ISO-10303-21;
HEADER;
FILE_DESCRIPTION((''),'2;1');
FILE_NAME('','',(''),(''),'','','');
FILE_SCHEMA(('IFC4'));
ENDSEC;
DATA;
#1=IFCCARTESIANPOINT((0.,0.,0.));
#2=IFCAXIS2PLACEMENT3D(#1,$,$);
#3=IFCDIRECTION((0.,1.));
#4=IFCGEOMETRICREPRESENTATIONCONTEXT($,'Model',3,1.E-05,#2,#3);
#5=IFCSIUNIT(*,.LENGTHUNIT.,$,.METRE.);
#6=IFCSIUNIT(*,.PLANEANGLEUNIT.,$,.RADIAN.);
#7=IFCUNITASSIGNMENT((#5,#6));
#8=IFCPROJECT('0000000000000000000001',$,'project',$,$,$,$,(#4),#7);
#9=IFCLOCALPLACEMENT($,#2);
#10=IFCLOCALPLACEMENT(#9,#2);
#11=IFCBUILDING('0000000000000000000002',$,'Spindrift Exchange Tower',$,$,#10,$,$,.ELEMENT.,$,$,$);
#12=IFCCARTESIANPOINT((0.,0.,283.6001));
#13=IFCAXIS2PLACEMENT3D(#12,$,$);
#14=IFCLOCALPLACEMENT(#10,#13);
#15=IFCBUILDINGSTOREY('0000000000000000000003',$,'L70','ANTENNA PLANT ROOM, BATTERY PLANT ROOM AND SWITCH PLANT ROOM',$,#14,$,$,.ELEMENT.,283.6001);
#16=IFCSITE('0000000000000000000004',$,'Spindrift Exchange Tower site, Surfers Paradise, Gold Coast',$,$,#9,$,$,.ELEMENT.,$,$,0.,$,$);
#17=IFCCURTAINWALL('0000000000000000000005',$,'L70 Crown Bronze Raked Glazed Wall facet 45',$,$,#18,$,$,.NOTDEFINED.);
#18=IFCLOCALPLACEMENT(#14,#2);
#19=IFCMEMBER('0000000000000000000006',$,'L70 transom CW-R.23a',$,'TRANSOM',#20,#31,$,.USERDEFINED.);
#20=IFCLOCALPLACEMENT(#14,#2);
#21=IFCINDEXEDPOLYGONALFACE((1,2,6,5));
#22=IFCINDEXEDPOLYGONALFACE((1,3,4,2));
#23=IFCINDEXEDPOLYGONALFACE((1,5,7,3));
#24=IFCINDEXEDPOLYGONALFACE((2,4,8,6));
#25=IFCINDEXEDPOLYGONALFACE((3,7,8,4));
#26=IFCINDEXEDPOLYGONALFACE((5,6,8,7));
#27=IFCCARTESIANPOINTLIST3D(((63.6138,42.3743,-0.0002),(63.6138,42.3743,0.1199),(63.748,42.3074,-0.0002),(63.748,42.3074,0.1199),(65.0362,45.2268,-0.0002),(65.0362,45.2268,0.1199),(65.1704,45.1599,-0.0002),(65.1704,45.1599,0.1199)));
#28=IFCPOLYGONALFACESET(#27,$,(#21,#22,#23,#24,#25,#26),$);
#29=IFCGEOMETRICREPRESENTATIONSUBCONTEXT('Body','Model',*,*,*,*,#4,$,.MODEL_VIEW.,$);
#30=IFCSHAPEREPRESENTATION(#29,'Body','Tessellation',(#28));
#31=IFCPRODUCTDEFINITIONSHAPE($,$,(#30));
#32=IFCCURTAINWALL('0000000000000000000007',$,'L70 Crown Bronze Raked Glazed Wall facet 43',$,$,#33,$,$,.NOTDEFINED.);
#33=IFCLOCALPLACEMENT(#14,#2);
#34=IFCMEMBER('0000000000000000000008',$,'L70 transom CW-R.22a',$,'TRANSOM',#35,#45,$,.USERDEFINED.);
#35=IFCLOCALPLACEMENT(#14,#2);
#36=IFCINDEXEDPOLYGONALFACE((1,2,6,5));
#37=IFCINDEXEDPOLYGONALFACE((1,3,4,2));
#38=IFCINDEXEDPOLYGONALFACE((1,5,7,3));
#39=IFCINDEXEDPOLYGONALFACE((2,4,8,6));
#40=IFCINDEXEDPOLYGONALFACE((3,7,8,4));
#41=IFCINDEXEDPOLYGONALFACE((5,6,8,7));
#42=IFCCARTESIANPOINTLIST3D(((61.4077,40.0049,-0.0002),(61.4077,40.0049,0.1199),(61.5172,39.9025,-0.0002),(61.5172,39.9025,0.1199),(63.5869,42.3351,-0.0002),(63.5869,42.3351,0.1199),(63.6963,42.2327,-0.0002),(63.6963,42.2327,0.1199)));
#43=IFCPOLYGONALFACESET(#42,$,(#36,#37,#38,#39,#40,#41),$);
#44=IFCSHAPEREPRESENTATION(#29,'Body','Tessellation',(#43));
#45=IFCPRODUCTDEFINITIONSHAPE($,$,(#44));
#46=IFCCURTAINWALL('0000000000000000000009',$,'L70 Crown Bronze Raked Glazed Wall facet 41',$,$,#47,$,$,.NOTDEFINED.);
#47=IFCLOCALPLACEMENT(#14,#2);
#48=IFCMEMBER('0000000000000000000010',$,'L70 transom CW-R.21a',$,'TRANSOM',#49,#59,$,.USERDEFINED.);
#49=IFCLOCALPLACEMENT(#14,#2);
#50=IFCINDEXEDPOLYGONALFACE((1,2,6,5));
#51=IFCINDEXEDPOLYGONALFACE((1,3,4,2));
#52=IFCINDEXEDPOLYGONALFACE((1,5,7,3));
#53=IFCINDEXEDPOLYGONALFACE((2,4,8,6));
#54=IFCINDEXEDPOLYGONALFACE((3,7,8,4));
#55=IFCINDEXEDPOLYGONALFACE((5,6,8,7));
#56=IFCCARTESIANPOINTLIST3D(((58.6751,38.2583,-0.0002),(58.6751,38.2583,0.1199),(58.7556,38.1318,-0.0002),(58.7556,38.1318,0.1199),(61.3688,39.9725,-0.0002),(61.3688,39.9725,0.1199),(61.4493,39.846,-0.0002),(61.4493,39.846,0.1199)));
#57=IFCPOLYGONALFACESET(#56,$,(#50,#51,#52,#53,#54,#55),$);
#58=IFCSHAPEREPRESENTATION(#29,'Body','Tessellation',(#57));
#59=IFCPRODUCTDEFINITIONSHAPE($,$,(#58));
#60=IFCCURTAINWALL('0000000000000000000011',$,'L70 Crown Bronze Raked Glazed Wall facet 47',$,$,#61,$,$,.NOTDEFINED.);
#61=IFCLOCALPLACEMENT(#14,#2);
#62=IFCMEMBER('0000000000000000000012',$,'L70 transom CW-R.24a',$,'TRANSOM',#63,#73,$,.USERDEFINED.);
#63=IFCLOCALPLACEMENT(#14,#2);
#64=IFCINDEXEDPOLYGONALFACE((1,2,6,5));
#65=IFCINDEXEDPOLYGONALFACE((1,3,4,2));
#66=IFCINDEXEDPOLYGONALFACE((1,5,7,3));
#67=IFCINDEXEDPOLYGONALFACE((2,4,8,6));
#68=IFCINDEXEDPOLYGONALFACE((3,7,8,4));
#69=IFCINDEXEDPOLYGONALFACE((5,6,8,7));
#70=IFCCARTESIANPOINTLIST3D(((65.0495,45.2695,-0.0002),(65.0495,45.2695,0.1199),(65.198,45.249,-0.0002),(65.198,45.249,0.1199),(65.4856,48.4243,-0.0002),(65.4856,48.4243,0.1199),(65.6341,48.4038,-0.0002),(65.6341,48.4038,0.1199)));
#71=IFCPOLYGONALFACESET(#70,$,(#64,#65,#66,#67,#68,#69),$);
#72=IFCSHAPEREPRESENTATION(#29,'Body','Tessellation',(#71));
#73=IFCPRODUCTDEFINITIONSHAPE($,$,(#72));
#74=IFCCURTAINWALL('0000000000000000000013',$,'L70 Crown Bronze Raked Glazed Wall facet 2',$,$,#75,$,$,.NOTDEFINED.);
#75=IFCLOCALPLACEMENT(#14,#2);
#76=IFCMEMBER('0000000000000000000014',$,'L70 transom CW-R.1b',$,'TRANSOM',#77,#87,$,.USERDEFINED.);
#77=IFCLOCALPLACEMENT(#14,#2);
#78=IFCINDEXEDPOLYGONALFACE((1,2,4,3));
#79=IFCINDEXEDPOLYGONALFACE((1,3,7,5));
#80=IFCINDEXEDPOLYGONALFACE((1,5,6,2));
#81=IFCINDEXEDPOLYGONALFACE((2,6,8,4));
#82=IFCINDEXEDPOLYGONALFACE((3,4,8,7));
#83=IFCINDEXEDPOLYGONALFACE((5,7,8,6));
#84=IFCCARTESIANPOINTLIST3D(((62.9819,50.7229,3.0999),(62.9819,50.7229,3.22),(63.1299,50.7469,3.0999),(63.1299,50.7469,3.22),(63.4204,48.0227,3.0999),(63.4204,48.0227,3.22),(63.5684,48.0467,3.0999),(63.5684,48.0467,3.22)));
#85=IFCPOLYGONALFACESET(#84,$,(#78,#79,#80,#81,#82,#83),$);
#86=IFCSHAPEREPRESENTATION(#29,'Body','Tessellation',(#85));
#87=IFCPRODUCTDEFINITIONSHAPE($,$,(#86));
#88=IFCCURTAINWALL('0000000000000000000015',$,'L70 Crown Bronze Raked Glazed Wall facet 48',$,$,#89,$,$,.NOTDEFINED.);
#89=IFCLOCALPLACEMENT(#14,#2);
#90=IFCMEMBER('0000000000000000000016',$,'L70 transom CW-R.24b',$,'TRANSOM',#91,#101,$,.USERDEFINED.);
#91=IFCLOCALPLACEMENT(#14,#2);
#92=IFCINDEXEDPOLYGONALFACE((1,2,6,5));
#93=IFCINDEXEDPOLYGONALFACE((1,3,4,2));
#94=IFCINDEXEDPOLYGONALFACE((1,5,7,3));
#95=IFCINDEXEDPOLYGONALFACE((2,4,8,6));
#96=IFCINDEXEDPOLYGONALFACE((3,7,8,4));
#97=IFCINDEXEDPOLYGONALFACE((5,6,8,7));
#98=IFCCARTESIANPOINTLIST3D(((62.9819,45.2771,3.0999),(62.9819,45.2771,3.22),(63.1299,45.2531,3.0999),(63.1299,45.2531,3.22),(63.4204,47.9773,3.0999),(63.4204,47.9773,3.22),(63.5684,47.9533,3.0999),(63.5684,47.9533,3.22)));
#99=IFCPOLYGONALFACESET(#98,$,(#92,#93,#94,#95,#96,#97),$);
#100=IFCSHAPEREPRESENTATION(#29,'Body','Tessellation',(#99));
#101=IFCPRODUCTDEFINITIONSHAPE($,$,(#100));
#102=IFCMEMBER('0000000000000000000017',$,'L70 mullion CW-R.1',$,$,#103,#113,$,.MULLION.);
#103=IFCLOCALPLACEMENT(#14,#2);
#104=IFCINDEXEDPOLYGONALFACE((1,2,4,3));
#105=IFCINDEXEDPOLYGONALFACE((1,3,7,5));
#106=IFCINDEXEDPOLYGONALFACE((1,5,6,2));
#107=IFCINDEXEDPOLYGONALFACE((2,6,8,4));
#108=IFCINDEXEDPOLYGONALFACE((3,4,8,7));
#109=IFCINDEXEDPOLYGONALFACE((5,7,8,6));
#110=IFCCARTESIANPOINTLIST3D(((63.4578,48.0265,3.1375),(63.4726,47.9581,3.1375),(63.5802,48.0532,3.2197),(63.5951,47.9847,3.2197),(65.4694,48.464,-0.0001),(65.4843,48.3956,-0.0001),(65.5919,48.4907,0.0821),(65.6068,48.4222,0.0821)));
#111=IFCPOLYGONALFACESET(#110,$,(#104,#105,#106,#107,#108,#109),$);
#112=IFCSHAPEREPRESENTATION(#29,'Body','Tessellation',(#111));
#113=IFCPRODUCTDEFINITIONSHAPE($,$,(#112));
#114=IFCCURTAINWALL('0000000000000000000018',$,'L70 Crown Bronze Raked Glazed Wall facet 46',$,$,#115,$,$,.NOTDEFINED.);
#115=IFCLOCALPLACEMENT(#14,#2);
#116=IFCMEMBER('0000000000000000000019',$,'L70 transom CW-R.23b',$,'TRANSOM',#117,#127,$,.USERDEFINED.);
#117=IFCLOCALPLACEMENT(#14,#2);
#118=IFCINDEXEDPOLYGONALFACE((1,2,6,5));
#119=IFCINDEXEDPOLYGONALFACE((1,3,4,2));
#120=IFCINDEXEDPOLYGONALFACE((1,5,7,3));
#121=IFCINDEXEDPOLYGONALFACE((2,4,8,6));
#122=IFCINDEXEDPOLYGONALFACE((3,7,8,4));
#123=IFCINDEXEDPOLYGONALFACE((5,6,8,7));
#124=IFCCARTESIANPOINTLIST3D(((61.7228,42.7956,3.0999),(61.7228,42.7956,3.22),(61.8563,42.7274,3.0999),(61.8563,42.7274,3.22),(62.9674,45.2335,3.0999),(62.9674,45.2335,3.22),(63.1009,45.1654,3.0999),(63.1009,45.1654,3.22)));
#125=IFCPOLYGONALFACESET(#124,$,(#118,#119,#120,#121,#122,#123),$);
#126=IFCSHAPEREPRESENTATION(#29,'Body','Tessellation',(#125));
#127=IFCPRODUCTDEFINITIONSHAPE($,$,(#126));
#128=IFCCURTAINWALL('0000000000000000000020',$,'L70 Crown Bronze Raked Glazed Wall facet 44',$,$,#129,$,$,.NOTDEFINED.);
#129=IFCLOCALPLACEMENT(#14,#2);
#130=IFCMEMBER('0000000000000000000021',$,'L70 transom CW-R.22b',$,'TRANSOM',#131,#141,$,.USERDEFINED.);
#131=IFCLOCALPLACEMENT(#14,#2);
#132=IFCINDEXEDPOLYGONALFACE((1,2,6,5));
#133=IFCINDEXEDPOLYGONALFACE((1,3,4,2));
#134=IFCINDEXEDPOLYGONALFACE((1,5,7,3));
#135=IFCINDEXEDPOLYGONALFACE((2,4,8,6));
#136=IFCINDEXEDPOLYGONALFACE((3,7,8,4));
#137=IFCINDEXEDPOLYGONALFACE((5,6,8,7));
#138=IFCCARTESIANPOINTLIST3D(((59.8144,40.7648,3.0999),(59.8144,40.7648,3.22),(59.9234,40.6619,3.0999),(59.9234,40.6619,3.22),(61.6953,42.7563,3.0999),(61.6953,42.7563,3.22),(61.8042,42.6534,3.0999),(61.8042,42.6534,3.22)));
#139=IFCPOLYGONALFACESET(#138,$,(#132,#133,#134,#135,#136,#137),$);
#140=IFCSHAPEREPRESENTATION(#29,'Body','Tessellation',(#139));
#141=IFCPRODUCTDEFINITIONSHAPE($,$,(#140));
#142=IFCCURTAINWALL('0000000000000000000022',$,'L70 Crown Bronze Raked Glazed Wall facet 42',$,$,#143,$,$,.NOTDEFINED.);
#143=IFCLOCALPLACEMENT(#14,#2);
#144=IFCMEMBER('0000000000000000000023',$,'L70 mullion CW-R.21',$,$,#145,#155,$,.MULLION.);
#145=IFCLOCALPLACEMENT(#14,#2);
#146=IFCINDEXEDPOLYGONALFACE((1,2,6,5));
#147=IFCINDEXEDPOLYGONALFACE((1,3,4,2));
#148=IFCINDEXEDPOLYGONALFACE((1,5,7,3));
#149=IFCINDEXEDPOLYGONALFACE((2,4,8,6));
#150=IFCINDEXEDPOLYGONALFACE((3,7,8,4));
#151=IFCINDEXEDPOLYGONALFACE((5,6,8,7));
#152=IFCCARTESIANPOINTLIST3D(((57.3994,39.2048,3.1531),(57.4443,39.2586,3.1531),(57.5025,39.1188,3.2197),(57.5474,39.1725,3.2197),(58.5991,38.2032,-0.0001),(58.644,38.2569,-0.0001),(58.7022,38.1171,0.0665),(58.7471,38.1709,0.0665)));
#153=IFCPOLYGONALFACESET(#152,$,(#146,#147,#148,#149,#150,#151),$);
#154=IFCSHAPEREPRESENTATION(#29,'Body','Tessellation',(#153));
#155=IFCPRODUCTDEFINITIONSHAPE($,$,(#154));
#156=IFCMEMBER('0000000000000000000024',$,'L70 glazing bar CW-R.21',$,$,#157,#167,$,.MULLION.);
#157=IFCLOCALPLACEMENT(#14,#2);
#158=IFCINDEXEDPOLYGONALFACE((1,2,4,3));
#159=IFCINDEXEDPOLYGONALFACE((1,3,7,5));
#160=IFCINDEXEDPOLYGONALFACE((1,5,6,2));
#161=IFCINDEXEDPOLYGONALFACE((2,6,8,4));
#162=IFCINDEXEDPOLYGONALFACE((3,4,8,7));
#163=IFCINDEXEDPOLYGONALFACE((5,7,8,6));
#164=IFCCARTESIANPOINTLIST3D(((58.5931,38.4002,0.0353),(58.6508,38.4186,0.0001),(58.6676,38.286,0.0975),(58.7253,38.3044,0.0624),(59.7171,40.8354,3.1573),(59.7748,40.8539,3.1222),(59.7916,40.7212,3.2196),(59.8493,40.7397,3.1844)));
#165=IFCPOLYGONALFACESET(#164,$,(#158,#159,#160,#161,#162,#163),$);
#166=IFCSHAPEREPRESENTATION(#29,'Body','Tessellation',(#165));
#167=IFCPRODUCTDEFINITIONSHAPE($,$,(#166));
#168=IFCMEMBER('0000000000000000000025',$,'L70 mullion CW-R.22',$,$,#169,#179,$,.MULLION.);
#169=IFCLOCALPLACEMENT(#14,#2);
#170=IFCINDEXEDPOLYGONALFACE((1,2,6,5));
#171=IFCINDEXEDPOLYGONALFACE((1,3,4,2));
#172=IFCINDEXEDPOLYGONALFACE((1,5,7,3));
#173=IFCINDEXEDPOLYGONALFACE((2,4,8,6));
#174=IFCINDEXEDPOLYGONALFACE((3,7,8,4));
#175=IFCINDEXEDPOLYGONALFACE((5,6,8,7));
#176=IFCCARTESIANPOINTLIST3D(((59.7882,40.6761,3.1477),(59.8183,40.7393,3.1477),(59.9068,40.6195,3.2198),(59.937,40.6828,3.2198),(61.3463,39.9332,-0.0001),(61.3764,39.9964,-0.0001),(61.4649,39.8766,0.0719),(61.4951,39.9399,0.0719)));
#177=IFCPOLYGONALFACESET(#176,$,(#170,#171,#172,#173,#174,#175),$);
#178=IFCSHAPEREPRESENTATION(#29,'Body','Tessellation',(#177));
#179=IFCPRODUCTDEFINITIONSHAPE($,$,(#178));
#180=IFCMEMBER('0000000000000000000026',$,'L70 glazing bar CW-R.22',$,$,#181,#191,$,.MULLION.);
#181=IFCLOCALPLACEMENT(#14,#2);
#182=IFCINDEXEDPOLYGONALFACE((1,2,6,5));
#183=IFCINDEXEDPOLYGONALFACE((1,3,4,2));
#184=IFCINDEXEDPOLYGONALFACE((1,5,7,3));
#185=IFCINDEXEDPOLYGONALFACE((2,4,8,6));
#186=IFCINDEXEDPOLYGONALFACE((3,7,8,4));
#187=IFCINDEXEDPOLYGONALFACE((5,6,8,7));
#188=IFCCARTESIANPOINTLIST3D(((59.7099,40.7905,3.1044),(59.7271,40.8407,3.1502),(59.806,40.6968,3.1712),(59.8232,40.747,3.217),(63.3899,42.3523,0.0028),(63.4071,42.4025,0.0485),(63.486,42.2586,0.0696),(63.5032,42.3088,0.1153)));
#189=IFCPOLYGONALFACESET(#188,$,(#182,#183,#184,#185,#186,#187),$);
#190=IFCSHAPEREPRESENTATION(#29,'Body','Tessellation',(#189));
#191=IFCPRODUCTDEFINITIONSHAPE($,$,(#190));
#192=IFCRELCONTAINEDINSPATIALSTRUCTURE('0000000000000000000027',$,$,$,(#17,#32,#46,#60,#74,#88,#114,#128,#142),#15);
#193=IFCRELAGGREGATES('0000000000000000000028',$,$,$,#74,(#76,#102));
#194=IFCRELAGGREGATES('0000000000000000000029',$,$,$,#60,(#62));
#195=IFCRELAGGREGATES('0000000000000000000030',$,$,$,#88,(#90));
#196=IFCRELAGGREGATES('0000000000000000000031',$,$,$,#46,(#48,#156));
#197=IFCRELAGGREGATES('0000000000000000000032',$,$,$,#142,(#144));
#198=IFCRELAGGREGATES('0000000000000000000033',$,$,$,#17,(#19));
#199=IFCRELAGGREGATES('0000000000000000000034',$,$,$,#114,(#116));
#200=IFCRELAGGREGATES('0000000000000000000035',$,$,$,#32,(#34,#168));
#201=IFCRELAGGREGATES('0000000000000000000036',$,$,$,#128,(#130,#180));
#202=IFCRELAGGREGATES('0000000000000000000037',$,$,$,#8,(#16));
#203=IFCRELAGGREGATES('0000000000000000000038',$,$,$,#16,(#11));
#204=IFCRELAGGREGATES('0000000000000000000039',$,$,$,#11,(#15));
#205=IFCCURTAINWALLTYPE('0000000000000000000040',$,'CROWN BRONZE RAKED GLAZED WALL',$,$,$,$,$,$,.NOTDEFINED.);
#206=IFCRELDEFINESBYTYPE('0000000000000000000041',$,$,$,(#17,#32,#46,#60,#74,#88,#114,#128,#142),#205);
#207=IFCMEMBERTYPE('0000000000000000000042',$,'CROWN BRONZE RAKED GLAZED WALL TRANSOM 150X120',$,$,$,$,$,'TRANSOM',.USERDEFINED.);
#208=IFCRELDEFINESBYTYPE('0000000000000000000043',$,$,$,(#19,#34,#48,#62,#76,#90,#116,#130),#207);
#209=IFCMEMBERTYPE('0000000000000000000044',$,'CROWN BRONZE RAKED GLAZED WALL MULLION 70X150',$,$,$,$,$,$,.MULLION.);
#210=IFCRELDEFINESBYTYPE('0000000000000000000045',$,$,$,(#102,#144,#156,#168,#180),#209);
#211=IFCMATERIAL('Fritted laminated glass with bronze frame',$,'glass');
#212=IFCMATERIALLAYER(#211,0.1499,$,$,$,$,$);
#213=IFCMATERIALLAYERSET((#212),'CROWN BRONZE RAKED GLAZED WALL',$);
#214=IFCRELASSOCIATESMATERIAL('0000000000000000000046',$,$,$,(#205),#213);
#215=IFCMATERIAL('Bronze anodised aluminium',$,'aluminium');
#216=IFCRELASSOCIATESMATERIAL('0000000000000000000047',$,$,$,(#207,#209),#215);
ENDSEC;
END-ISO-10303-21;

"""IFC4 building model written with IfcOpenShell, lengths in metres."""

from ifc_helpers import new_model, si_unit, direction, frame, origin, origin_2d, place, context, subcontext, project, spatial, rectangle, extrude, source, transform, mapped, material, layer, layer_set, material_profile, profile_set, type_object, element, aggregate, save


model = new_model("IFC4")

# Units and contexts
model_context = context("Model", 3, precision=1e-05, world=origin(), true_north=direction((0.0, 1.0)))
body_context = subcontext(model_context, "Body", "Model", "MODEL_VIEW")
ifc_project = project(units=[si_unit("LENGTHUNIT", "METRE"), si_unit("PLANEANGLEUNIT", "RADIAN")], contexts=[model_context])

# Site, building, storey
site_placement = place(None, origin())
site = spatial("IfcSite", under=ifc_project, at=site_placement, Name="Spindrift Exchange Tower site, Surfers Paradise, Gold Coast", CompositionType="ELEMENT", RefElevation=0.0)
building_placement = place(site_placement, origin())
building = spatial("IfcBuilding", under=site, at=building_placement, Name="Spindrift Exchange Tower", CompositionType="ELEMENT")
storey_placement = place(building_placement, frame((0.0, 0.0, 283.6001)))
storey = spatial("IfcBuildingStorey", under=building, at=storey_placement, Name="L70", Description="ANTENNA PLANT ROOM, BATTERY PLANT ROOM AND SWITCH PLANT ROOM", CompositionType="ELEMENT", Elevation=283.6001)

# Curtain walls, members
ifc_material_1 = material(Name="Fritted laminated glass with bronze frame", Category="glass")
ifc_layer_1 = layer(ifc_material_1, 0.1499)
ifc_layer_set_1 = layer_set([ifc_layer_1], Name="CROWN BRONZE RAKED GLAZED WALL")
curtain_wall_type = type_object("IfcCurtainWallType", Name="CROWN BRONZE RAKED GLAZED WALL", PredefinedType="NOTDEFINED", material=ifc_layer_set_1)
curtain_wall_1_placement = place(storey_placement, origin())
curtain_wall_1 = element("IfcCurtainWall", 1, at=curtain_wall_1_placement, inside=storey, type_object=curtain_wall_type, Name="L70 Crown Bronze Raked Glazed Wall facet 45", PredefinedType="NOTDEFINED")
ifc_material_2 = material(Name="Bronze anodised aluminium", Category="aluminium")
ifc_material_profile_1 = material_profile(ifc_material_2, rectangle(XDim=0.1499, YDim=0.1201, at=origin_2d()), Name="CROWN BRONZE RAKED GLAZED WALL TRANSOM 150X120")
ifc_profile_set_1 = profile_set([ifc_material_profile_1], Name="Bronze anodised aluminium")
member_type_1 = type_object("IfcMemberType", Name="CROWN BRONZE RAKED GLAZED WALL TRANSOM 150X120", ElementType="TRANSOM", PredefinedType="USERDEFINED", material=ifc_profile_set_1)
shared_shape_1 = source(origin(), body_context, "Body", "SweptSolid", [
    extrude(rectangle(XDim=0.1499, YDim=0.1201, at=origin_2d()), origin(), (0.0, 0.0, 1.0), 3.1875),
])
member_1_placement = place(storey_placement, frame((63.6809, 42.3408, 0.0598), z_axis=(0.446233, 0.894917, 0.0), x_axis=(-0.894917, 0.446233, 0.0)))
member_1 = element("IfcMember", 2, at=member_1_placement, type_object=member_type_1, Name="L70 transom CW-R.23a", ObjectType="TRANSOM", PredefinedType="USERDEFINED", context=body_context, shape_type="MappedRepresentation", body=[
    mapped(shared_shape_1, transform((0.0, 0.0, 0.0), scale=1.0)),
])
curtain_wall_2_placement = place(storey_placement, origin())
curtain_wall_2 = element("IfcCurtainWall", 3, at=curtain_wall_2_placement, inside=storey, type_object=curtain_wall_type, Name="L70 Crown Bronze Raked Glazed Wall facet 43", PredefinedType="NOTDEFINED")
shared_shape_2 = source(origin(), body_context, "Body", "SweptSolid", [
    extrude(rectangle(XDim=0.1499, YDim=0.1201, at=origin_2d()), origin(), (0.0, 0.0, 1.0), 3.1904),
])
member_2_placement = place(storey_placement, frame((63.6416, 42.2839, 0.0598), z_axis=(-0.683027, -0.730393, 0.0), x_axis=(0.730393, -0.683027, 0.0)))
member_2 = element("IfcMember", 4, at=member_2_placement, type_object=member_type_1, Name="L70 transom CW-R.22a", ObjectType="TRANSOM", PredefinedType="USERDEFINED", context=body_context, shape_type="MappedRepresentation", body=[
    mapped(shared_shape_2, transform((0.0, 0.0, 0.0), scale=1.0)),
])
curtain_wall_3_placement = place(storey_placement, origin())
curtain_wall_3 = element("IfcCurtainWall", 5, at=curtain_wall_3_placement, inside=storey, type_object=curtain_wall_type, Name="L70 Crown Bronze Raked Glazed Wall facet 41", PredefinedType="NOTDEFINED")
shared_shape_3 = source(origin(), body_context, "Body", "SweptSolid", [
    extrude(rectangle(XDim=0.1499, YDim=0.1201, at=origin_2d()), origin(), (0.0, 0.0, 1.0), 3.1929),
])
member_3_placement = place(storey_placement, frame((58.7153, 38.1951, 0.0598), z_axis=(0.843661, 0.536875, 0.0), x_axis=(-0.536875, 0.843661, 0.0)))
member_3 = element("IfcMember", 6, at=member_3_placement, type_object=member_type_1, Name="L70 transom CW-R.21a", ObjectType="TRANSOM", PredefinedType="USERDEFINED", context=body_context, shape_type="MappedRepresentation", body=[
    mapped(shared_shape_3, transform((0.0, 0.0, 0.0), scale=1.0)),
])
curtain_wall_4_placement = place(storey_placement, origin())
curtain_wall_4 = element("IfcCurtainWall", 7, at=curtain_wall_4_placement, inside=storey, type_object=curtain_wall_type, Name="L70 Crown Bronze Raked Glazed Wall facet 47", PredefinedType="NOTDEFINED")
shared_shape_4 = source(origin(), body_context, "Body", "SweptSolid", [
    extrude(rectangle(XDim=0.1499, YDim=0.1201, at=origin_2d()), origin(), (0.0, 0.0, 1.0), 3.1848),
])
member_4_placement = place(storey_placement, frame((65.5598, 48.4141, 0.0598), z_axis=(-0.136912, -0.990583, 0.0), x_axis=(0.990583, -0.136912, 0.0)))
member_4 = element("IfcMember", 8, at=member_4_placement, type_object=member_type_1, Name="L70 transom CW-R.24a", ObjectType="TRANSOM", PredefinedType="USERDEFINED", context=body_context, shape_type="MappedRepresentation", body=[
    mapped(shared_shape_4, transform((0.0, 0.0, 0.0), scale=1.0)),
])
curtain_wall_5_placement = place(storey_placement, origin())
curtain_wall_5 = element("IfcCurtainWall", 9, at=curtain_wall_5_placement, inside=storey, type_object=curtain_wall_type, Name="L70 Crown Bronze Raked Glazed Wall facet 2", PredefinedType="NOTDEFINED")
shared_shape_5 = source(origin(), body_context, "Body", "SweptSolid", [
    extrude(rectangle(XDim=0.1499, YDim=0.1201, at=origin_2d()), origin(), (0.0, 0.0, 1.0), 2.7356),
])
member_5_placement = place(storey_placement, frame((63.4944, 48.0347, 3.1599), z_axis=(-0.160287, 0.98707, 0.0), x_axis=(-0.98707, -0.160287, 0.0)))
member_5 = element("IfcMember", 10, at=member_5_placement, type_object=member_type_1, Name="L70 transom CW-R.1b", ObjectType="TRANSOM", PredefinedType="USERDEFINED", context=body_context, shape_type="MappedRepresentation", body=[
    mapped(shared_shape_5, transform((0.0, 0.0, 0.0), scale=1.0)),
])
curtain_wall_6_placement = place(storey_placement, origin())
curtain_wall_6 = element("IfcCurtainWall", 11, at=curtain_wall_6_placement, inside=storey, type_object=curtain_wall_type, Name="L70 Crown Bronze Raked Glazed Wall facet 48", PredefinedType="NOTDEFINED")
member_6_placement = place(storey_placement, frame((63.4944, 47.9653, 3.1599), z_axis=(-0.160287, -0.98707, 0.0), x_axis=(0.98707, -0.160287, 0.0)))
member_6 = element("IfcMember", 12, at=member_6_placement, type_object=member_type_1, Name="L70 transom CW-R.24b", ObjectType="TRANSOM", PredefinedType="USERDEFINED", context=body_context, shape_type="MappedRepresentation", body=[
    mapped(shared_shape_5, transform((0.0, 0.0, 0.0), scale=1.0)),
])

# Member
ifc_material_profile_2 = material_profile(ifc_material_2, rectangle(XDim=0.0701, YDim=0.1499, at=origin_2d()), Name="CROWN BRONZE RAKED GLAZED WALL MULLION 70X150")
ifc_profile_set_2 = profile_set([ifc_material_profile_2], Name="Bronze anodised aluminium")
member_type_2 = type_object("IfcMemberType", Name="CROWN BRONZE RAKED GLAZED WALL MULLION 70X150", PredefinedType="MULLION", material=ifc_profile_set_2)
shared_shape_6 = source(origin(), body_context, "Body", "SweptSolid", [
    extrude(rectangle(XDim=0.0701, YDim=0.1499, at=origin_2d()), origin(), (0.0, 0.0, 1.0), 3.7527),
])
member_7_placement = place(storey_placement, frame((65.5381, 48.4431, 0.041), z_axis=(-0.536057, -0.116579, 0.836093), x_axis=(0.212508, -0.977159, 0.0)))
member_7 = element("IfcMember", 13, at=member_7_placement, type_object=member_type_2, Name="L70 mullion CW-R.1", PredefinedType="MULLION", context=body_context, shape_type="MappedRepresentation", body=[
    mapped(shared_shape_6, transform((0.0, 0.0, 0.0), scale=1.0)),
])
aggregate(curtain_wall_5, [member_5, member_7])

# Curtain walls, members
curtain_wall_7_placement = place(storey_placement, origin())
curtain_wall_7 = element("IfcCurtainWall", 14, at=curtain_wall_7_placement, inside=storey, type_object=curtain_wall_type, Name="L70 Crown Bronze Raked Glazed Wall facet 46", PredefinedType="NOTDEFINED")
shared_shape_7 = source(origin(), body_context, "Body", "SweptSolid", [
    extrude(rectangle(XDim=0.1499, YDim=0.1201, at=origin_2d()), origin(), (0.0, 0.0, 1.0), 2.7373),
])
member_8_placement = place(storey_placement, frame((61.7896, 42.7615, 3.1599), z_axis=(0.45469, 0.89065, 0.0), x_axis=(-0.89065, 0.45469, 0.0)))
member_8 = element("IfcMember", 15, at=member_8_placement, type_object=member_type_1, Name="L70 transom CW-R.23b", ObjectType="TRANSOM", PredefinedType="USERDEFINED", context=body_context, shape_type="MappedRepresentation", body=[
    mapped(shared_shape_7, transform((0.0, 0.0, 0.0), scale=1.0)),
])
curtain_wall_8_placement = place(storey_placement, origin())
curtain_wall_8 = element("IfcCurtainWall", 16, at=curtain_wall_8_placement, inside=storey, type_object=curtain_wall_type, Name="L70 Crown Bronze Raked Glazed Wall facet 44", PredefinedType="NOTDEFINED")
shared_shape_8 = source(origin(), body_context, "Body", "SweptSolid", [
    extrude(rectangle(XDim=0.1499, YDim=0.1201, at=origin_2d()), origin(), (0.0, 0.0, 1.0), 2.7393),
])
member_9_placement = place(storey_placement, frame((61.7498, 42.7048, 3.1599), z_axis=(-0.686631, -0.727006, 0.0), x_axis=(0.727006, -0.686631, 0.0)))
member_9 = element("IfcMember", 17, at=member_9_placement, type_object=member_type_1, Name="L70 transom CW-R.22b", ObjectType="TRANSOM", PredefinedType="USERDEFINED", context=body_context, shape_type="MappedRepresentation", body=[
    mapped(shared_shape_8, transform((0.0, 0.0, 0.0), scale=1.0)),
])
curtain_wall_9_placement = place(storey_placement, origin())
curtain_wall_9 = element("IfcCurtainWall", 18, at=curtain_wall_9_placement, inside=storey, type_object=curtain_wall_type, Name="L70 Crown Bronze Raked Glazed Wall facet 42", PredefinedType="NOTDEFINED")
shared_shape_9 = source(origin(), body_context, "Body", "SweptSolid", [
    extrude(rectangle(XDim=0.0701, YDim=0.1499, at=origin_2d()), origin(), (0.0, 0.0, 1.0), 3.5193),
])
member_10_placement = place(storey_placement, frame((58.6731, 38.187, 0.0332), z_axis=(-0.340884, 0.284625, 0.895983), x_axis=(-0.640922, -0.767606, 0.0)))
member_10 = element("IfcMember", 19, at=member_10_placement, type_object=member_type_2, Name="L70 mullion CW-R.21", PredefinedType="MULLION", context=body_context, shape_type="MappedRepresentation", body=[
    mapped(shared_shape_9, transform((0.0, 0.0, 0.0), scale=1.0)),
])

# Members
shared_shape_10 = source(origin(), body_context, "Body", "SweptSolid", [
    extrude(rectangle(XDim=0.0701, YDim=0.1499, at=origin_2d()), origin(), (0.0, 0.0, 1.0), 4.116),
])
member_11_placement = place(storey_placement, frame((58.6592, 38.3523, 0.0488), z_axis=(0.273086, 0.591667, 0.758521), x_axis=(-0.823632, -0.263598, 0.502142)))
member_11 = element("IfcMember", 20, at=member_11_placement, type_object=member_type_2, Name="L70 glazing bar CW-R.21", PredefinedType="MULLION", context=body_context, shape_type="MappedRepresentation", body=[
    mapped(shared_shape_10, transform((0.0, 0.0, 0.0), scale=1.0)),
])
shared_shape_11 = source(origin(), body_context, "Body", "SweptSolid", [
    extrude(rectangle(XDim=0.0701, YDim=0.1499, at=origin_2d()), origin(), (0.0, 0.0, 1.0), 3.5901),
])
member_12_placement = place(storey_placement, frame((61.4207, 39.9365, 0.0359), z_axis=(-0.433994, 0.206933, 0.876828), x_axis=(-0.430389, -0.902643, 0.0)))
member_12 = element("IfcMember", 21, at=member_12_placement, type_object=member_type_2, Name="L70 mullion CW-R.22", PredefinedType="MULLION", context=body_context, shape_type="MappedRepresentation", body=[
    mapped(shared_shape_11, transform((0.0, 0.0, 0.0), scale=1.0)),
])
shared_shape_12 = source(origin(), body_context, "Body", "SweptSolid", [
    extrude(rectangle(XDim=0.0701, YDim=0.1499, at=origin_2d()), origin(), (0.0, 0.0, 1.0), 5.0598),
])
member_13_placement = place(storey_placement, frame((63.4465, 42.3306, 0.0591), z_axis=(-0.7273, -0.308667, 0.612992), x_axis=(-0.245625, -0.716935, -0.652436)))
member_13 = element("IfcMember", 22, at=member_13_placement, type_object=member_type_2, Name="L70 glazing bar CW-R.22", PredefinedType="MULLION", context=body_context, shape_type="MappedRepresentation", body=[
    mapped(shared_shape_12, transform((0.0, 0.0, 0.0), scale=1.0)),
])
aggregate(curtain_wall_4, [member_4])
aggregate(curtain_wall_6, [member_6])

aggregate(curtain_wall_3, [member_3, member_11])
aggregate(curtain_wall_9, [member_10])
aggregate(curtain_wall_1, [member_1])
aggregate(curtain_wall_7, [member_8])
aggregate(curtain_wall_2, [member_2, member_12])
aggregate(curtain_wall_8, [member_9, member_13])

save(model, "model.ifc")
